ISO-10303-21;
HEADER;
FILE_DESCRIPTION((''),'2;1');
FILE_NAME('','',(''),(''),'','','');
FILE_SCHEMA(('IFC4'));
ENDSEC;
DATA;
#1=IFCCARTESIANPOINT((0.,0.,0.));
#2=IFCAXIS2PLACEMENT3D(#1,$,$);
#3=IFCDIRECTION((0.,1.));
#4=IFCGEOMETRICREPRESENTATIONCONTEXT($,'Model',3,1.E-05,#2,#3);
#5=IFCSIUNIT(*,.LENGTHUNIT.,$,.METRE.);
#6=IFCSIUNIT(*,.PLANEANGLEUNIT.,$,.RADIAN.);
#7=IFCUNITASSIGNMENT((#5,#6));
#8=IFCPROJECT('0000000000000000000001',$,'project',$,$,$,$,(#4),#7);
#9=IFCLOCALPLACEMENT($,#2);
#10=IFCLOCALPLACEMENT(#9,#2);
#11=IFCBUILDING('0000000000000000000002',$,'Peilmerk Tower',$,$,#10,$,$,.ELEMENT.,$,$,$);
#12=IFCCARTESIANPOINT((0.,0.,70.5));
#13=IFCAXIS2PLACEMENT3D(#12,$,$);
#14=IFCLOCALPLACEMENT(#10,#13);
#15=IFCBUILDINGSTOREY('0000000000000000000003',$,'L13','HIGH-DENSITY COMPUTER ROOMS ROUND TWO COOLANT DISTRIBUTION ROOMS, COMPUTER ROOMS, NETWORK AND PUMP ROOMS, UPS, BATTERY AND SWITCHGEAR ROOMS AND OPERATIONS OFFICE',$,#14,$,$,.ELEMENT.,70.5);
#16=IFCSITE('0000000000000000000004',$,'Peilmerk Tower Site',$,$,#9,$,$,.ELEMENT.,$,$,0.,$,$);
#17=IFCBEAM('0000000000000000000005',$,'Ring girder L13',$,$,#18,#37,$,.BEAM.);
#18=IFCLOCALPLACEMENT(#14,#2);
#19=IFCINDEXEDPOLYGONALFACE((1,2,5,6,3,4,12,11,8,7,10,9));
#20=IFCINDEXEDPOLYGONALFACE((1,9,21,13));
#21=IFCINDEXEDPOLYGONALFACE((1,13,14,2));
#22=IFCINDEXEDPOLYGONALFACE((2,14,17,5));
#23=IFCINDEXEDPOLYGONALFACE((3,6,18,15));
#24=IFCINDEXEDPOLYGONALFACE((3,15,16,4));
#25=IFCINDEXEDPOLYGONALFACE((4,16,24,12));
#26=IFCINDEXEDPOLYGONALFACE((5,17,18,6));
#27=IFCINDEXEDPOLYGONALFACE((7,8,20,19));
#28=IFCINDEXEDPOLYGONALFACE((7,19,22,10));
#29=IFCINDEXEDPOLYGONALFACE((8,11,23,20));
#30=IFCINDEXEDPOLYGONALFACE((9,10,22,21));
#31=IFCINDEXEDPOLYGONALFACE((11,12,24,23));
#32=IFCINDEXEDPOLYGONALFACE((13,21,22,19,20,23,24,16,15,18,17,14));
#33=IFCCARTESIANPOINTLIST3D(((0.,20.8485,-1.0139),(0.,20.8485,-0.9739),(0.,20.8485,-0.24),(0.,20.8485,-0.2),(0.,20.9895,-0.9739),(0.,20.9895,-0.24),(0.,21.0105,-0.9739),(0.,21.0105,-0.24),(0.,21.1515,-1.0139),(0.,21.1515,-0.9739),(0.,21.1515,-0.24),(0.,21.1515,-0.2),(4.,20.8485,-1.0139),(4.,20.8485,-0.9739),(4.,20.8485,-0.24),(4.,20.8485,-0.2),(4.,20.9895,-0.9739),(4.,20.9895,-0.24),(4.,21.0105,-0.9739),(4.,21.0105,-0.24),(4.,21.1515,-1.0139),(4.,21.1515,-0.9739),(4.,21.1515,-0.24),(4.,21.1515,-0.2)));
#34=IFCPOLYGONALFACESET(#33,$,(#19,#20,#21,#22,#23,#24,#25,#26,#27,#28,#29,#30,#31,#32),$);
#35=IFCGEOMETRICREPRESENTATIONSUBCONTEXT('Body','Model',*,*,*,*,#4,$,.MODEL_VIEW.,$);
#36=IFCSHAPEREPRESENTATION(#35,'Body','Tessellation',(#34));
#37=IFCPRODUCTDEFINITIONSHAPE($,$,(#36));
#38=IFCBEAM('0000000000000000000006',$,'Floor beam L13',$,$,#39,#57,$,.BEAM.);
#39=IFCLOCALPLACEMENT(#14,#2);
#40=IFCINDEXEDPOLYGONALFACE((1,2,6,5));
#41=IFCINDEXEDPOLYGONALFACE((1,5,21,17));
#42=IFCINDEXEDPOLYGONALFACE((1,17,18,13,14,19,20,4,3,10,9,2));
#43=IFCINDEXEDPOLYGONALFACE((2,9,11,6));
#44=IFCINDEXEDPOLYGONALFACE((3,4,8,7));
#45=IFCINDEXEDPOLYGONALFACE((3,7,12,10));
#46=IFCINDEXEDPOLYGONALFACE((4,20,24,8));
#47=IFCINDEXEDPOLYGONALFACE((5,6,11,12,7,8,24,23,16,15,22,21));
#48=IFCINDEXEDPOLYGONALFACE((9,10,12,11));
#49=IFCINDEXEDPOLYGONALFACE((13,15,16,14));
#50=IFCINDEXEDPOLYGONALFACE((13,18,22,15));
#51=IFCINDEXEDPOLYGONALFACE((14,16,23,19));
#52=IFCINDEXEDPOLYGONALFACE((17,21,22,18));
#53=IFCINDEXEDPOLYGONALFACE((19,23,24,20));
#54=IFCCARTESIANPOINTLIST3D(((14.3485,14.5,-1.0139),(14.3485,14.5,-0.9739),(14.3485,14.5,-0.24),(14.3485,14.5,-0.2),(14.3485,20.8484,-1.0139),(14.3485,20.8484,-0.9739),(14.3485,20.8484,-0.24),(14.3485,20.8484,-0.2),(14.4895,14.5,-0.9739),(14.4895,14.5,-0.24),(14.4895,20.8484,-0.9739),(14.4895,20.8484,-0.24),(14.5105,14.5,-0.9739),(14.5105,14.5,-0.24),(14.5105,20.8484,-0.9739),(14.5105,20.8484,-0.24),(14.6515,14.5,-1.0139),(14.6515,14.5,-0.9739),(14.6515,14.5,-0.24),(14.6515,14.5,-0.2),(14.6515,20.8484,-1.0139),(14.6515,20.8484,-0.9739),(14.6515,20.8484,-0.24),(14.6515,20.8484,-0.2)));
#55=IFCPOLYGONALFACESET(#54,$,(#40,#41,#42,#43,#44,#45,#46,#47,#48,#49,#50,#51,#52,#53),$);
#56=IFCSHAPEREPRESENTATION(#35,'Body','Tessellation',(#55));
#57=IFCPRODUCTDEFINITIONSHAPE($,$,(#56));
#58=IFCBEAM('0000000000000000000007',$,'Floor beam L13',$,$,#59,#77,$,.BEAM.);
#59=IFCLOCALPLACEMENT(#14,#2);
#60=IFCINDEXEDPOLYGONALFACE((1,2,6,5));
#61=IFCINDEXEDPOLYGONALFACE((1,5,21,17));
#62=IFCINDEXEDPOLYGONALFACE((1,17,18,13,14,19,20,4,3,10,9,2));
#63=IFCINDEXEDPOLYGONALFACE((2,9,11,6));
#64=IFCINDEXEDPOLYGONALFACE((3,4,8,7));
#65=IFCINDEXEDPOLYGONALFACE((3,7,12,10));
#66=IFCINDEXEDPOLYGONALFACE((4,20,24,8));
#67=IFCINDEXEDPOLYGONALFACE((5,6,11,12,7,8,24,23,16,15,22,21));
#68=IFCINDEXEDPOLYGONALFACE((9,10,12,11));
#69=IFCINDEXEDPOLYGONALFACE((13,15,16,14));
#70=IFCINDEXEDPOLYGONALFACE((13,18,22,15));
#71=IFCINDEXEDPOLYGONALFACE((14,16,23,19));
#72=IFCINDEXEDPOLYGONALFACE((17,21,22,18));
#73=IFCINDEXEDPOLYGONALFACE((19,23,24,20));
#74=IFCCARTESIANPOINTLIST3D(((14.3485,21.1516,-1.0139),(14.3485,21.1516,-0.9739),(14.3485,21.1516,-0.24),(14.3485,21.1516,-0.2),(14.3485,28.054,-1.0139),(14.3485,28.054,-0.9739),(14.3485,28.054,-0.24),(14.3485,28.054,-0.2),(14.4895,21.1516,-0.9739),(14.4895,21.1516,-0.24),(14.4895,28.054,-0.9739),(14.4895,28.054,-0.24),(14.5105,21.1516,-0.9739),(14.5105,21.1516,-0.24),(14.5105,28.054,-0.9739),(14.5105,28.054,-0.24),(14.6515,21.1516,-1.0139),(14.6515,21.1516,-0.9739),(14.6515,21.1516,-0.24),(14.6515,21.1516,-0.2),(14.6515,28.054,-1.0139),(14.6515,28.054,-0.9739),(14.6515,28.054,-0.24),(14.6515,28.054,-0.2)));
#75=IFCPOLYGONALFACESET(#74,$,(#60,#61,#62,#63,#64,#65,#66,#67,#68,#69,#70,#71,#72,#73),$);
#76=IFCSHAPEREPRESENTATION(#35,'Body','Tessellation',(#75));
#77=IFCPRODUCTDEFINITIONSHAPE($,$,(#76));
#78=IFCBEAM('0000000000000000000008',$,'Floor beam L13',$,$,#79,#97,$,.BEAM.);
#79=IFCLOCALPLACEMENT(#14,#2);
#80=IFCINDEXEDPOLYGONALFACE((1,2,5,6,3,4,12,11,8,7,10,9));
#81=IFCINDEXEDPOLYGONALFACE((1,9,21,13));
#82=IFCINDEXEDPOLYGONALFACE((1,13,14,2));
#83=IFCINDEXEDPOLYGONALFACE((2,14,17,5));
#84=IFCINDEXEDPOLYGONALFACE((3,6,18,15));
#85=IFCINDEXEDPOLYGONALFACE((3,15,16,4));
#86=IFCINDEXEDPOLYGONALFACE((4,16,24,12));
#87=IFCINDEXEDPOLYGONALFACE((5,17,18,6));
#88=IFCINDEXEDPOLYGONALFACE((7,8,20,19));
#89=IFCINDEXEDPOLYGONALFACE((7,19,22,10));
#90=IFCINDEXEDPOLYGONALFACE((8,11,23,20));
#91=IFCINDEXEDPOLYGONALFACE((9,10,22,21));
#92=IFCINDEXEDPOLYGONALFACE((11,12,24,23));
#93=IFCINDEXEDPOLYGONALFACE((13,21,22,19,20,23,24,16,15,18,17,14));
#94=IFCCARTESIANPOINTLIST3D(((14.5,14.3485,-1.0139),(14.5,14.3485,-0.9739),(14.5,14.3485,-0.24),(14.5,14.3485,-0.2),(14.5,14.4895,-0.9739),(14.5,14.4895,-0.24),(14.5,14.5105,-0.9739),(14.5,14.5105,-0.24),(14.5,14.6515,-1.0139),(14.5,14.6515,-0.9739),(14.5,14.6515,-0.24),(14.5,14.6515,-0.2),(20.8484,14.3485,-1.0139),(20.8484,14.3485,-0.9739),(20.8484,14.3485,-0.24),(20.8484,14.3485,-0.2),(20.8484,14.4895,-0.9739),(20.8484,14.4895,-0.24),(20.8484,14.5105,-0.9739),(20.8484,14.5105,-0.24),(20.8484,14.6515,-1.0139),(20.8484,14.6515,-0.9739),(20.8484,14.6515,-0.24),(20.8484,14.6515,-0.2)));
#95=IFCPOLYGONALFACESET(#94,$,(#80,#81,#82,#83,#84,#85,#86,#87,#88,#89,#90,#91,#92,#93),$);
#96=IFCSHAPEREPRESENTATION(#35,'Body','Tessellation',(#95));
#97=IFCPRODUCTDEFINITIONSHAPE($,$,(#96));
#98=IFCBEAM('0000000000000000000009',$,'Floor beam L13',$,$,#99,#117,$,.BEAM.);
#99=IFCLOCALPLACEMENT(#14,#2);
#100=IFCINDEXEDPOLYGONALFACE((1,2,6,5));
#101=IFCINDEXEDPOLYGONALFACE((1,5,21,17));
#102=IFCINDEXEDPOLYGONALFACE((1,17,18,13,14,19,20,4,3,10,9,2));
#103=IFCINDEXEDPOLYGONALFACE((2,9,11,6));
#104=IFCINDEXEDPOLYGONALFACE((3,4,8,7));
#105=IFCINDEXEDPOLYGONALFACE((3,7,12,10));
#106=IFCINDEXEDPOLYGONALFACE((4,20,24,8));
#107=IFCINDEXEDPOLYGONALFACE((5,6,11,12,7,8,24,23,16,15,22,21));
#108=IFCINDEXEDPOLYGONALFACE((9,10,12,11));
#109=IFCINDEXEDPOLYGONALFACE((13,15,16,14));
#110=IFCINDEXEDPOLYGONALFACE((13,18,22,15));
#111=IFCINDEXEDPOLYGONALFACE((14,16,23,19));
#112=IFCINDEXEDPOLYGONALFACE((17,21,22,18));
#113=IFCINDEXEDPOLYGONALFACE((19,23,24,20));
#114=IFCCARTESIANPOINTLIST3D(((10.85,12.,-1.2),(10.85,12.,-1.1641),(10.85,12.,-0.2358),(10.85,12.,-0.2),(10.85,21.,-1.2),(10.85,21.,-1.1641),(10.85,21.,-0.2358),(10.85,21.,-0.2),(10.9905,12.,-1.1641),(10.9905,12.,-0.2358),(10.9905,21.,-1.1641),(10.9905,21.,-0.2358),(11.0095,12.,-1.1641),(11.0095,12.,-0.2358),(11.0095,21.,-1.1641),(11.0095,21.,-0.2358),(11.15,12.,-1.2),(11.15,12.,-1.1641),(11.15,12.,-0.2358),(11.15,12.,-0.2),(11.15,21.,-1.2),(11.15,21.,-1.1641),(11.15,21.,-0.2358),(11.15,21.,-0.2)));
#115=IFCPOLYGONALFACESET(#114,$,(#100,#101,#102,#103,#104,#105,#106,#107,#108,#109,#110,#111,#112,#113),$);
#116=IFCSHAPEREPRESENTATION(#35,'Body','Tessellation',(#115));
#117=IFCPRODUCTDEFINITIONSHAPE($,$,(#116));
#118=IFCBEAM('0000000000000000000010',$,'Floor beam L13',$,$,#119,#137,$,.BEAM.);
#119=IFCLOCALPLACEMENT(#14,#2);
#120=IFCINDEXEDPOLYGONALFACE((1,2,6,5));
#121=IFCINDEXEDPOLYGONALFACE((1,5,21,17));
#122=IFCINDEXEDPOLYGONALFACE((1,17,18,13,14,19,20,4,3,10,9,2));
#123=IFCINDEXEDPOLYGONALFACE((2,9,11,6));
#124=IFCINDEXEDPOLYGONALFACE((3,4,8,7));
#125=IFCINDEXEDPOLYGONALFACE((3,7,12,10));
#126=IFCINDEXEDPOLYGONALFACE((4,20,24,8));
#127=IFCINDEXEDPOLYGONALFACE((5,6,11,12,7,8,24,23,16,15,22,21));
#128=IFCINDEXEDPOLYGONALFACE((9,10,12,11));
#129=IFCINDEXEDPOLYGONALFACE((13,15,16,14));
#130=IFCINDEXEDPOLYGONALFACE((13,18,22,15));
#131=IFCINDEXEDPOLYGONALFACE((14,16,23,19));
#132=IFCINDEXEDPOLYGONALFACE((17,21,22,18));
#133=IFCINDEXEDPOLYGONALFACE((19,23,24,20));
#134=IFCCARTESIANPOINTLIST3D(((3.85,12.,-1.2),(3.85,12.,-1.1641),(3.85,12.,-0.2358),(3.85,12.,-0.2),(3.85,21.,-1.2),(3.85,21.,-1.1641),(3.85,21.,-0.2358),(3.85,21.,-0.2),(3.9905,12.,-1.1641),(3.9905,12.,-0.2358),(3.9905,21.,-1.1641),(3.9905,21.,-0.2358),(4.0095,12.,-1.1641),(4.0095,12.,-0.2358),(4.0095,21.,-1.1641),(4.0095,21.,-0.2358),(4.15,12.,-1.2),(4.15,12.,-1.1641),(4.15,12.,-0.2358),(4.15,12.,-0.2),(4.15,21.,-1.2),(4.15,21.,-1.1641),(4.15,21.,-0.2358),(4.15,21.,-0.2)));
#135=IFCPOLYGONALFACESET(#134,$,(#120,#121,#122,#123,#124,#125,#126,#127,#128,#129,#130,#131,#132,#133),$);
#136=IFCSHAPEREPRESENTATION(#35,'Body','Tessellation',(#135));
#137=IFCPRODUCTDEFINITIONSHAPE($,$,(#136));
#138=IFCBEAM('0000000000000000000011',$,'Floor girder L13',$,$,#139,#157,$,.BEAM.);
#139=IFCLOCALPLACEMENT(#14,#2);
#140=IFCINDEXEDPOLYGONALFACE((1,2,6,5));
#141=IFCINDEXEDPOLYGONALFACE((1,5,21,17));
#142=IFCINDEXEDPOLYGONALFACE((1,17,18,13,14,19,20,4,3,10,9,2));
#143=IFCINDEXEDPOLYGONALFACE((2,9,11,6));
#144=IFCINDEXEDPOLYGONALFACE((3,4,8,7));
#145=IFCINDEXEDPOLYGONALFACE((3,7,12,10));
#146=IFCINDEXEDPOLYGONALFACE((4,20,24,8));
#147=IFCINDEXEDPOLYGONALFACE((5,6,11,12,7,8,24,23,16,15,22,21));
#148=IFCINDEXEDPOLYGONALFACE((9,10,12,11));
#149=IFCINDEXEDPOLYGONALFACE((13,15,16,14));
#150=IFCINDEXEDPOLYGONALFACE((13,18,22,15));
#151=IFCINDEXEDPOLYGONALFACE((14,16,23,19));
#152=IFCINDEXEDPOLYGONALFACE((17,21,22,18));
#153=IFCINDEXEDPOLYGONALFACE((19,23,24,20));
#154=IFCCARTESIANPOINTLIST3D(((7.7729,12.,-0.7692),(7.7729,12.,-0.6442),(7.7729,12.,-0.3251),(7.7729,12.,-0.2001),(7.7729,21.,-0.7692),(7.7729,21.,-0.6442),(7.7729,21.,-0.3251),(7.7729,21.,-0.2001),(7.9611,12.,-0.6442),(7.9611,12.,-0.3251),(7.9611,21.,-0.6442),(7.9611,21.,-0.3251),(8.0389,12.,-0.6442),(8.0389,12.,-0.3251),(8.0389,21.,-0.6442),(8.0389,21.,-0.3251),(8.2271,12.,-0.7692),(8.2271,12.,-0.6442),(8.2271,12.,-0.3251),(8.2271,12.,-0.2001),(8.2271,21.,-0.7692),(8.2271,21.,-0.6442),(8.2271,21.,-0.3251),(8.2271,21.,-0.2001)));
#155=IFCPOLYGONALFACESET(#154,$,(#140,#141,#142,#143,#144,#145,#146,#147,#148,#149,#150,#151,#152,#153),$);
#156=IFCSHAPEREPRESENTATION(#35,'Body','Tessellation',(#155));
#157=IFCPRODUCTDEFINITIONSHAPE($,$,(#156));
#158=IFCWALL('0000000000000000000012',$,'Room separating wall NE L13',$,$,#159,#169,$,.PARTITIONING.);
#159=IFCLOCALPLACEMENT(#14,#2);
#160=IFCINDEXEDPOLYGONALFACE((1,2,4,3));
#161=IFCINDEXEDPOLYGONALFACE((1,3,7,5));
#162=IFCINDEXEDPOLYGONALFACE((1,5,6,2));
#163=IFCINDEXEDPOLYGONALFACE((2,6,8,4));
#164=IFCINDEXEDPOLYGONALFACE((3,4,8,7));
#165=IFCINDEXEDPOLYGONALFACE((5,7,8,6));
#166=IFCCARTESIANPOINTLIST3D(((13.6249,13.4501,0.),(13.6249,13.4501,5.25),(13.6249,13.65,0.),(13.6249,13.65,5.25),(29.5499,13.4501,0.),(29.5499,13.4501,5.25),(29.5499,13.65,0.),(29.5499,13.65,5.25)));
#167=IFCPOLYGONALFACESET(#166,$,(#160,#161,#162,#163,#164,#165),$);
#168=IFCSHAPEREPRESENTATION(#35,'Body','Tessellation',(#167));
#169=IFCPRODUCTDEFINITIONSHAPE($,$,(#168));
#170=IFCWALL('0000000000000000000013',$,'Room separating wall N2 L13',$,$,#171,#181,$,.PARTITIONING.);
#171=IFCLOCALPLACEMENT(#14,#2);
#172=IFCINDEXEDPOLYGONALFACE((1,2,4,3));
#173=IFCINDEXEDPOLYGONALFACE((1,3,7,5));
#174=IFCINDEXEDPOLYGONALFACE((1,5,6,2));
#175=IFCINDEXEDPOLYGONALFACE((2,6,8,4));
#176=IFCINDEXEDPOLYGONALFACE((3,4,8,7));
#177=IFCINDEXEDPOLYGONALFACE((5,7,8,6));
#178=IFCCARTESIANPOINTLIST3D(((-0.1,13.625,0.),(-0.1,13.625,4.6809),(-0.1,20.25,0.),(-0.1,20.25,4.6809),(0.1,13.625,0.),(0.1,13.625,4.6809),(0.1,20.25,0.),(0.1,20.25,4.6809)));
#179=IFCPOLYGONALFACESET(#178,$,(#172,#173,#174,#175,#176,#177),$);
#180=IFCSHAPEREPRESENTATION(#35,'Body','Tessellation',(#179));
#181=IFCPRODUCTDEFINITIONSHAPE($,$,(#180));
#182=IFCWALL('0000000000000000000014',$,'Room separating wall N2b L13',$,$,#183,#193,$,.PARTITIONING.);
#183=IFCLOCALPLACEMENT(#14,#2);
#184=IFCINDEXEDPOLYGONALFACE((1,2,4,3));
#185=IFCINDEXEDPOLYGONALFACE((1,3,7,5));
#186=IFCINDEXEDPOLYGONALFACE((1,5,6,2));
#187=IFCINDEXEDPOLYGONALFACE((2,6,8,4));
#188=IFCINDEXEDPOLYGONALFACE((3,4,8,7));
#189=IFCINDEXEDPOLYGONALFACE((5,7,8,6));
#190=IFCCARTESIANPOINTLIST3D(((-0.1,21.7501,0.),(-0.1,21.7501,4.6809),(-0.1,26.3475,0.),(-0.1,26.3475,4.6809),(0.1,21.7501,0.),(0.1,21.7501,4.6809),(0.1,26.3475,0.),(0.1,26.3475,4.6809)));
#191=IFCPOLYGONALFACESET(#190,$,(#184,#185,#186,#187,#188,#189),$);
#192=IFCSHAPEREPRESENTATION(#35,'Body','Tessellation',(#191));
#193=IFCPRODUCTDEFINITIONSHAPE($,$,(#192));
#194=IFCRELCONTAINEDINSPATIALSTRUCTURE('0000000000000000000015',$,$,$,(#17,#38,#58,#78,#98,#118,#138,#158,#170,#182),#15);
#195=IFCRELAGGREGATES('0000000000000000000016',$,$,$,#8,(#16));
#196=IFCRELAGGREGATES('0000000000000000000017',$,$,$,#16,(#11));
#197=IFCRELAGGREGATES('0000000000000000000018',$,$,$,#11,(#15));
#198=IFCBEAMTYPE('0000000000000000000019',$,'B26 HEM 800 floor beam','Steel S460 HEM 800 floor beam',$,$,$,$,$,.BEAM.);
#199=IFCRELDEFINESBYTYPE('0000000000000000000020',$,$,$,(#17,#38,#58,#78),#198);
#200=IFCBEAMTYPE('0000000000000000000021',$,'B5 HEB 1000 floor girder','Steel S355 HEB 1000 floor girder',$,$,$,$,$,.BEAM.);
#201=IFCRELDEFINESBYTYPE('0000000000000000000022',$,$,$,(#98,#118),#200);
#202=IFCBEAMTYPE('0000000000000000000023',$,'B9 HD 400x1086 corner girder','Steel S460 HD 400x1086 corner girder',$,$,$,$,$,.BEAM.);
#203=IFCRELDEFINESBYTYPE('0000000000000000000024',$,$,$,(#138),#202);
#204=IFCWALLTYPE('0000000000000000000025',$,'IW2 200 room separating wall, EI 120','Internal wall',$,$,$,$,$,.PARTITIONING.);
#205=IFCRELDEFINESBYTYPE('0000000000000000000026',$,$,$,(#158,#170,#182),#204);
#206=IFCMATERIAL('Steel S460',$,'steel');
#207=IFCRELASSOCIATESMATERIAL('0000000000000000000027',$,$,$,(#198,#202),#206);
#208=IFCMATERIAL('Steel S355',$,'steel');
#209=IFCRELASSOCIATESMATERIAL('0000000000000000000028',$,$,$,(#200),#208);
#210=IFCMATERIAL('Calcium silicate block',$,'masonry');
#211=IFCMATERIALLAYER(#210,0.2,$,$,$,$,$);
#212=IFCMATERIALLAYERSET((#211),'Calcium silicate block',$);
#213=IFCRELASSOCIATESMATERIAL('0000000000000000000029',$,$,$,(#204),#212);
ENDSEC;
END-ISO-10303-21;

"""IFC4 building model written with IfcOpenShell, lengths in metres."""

from ifc_helpers import new_model, si_unit, direction, frame, frame_2d, origin, origin_2d, place, context, subcontext, project, spatial, rectangle, i_section, extrude, material, layer, layer_set, material_profile, profile_set, type_object, element, save


model = new_model("IFC4")

# Units and contexts
model_context = context("Model", 3, precision=1e-05, world=origin(), true_north=direction((0.0, 1.0)))
body_context = subcontext(model_context, "Body", "Model", "MODEL_VIEW")
ifc_project = project(units=[si_unit("LENGTHUNIT", "METRE"), si_unit("PLANEANGLEUNIT", "RADIAN")], contexts=[model_context])

# Site, building, storey
site_placement = place(None, origin())
site = spatial("IfcSite", under=ifc_project, at=site_placement, Name="Peilmerk Tower Site", CompositionType="ELEMENT", RefElevation=0.0)
building_placement = place(site_placement, origin())
building = spatial("IfcBuilding", under=site, at=building_placement, Name="Peilmerk Tower", CompositionType="ELEMENT")
storey_placement = place(building_placement, frame((0.0, 0.0, 70.5)))
storey = spatial("IfcBuildingStorey", under=building, at=storey_placement, Name="L13", Description="HIGH-DENSITY COMPUTER ROOMS ROUND TWO COOLANT DISTRIBUTION ROOMS, COMPUTER ROOMS, NETWORK AND PUMP ROOMS, UPS, BATTERY AND SWITCHGEAR ROOMS AND OPERATIONS OFFICE", CompositionType="ELEMENT", Elevation=70.5)

# Beams
ifc_material_1 = material(Name="Steel S355", Category="steel")
ifc_material_2 = material(Name="Steel S460", Category="steel")
ifc_material_profile_1 = material_profile(ifc_material_2, i_section(OverallWidth=0.303, OverallDepth=0.814, WebThickness=0.021, FlangeThickness=0.04, at=origin_2d()), Name="HEM 800")
ifc_profile_set_1 = profile_set([ifc_material_profile_1], Name="Steel S460")
beam_type_1 = type_object("IfcBeamType", Name="B26 HEM 800 floor beam", Description="Steel S460 HEM 800 floor beam", PredefinedType="BEAM", material=ifc_profile_set_1)
for number, where, z_axis, x_axis, name in (
    (1, (4.0, 21.0, -0.6069), (-1.0, 0.0, 0.0), (0.0, -1.0, 0.0), "Ring girder L13"),
):
    element("IfcBeam", number, at=place(storey_placement, frame(where, z_axis=z_axis, x_axis=x_axis)), inside=storey, type_object=beam_type_1, Name=name, PredefinedType="BEAM", context=body_context, shape_type="SweptSolid", body=[
        extrude(i_section(OverallWidth=0.303, OverallDepth=0.814, WebThickness=0.021, FlangeThickness=0.04, at=origin_2d()), origin(), (0.0, 0.0, 1.0), 4.0),
    ])
beam_1_placement = place(storey_placement, frame((14.5, 14.5, -0.6069), z_axis=(0.0, 1.0, 0.0), x_axis=(-1.0, 0.0, 0.0)))
element("IfcBeam", 2, at=beam_1_placement, inside=storey, type_object=beam_type_1, Name="Floor beam L13", PredefinedType="BEAM", context=body_context, shape_type="SweptSolid", body=[
    extrude(i_section(OverallWidth=0.303, OverallDepth=0.814, WebThickness=0.021, FlangeThickness=0.04, at=origin_2d()), origin(), (0.0, 0.0, 1.0), 6.3484),
])
beam_2_placement = place(storey_placement, frame((14.5, 21.1516, -0.6069), z_axis=(0.0, 1.0, 0.0), x_axis=(-1.0, 0.0, 0.0)))
element("IfcBeam", 3, at=beam_2_placement, inside=storey, type_object=beam_type_1, Name="Floor beam L13", PredefinedType="BEAM", context=body_context, shape_type="SweptSolid", body=[
    extrude(i_section(OverallWidth=0.303, OverallDepth=0.814, WebThickness=0.021, FlangeThickness=0.04, at=origin_2d()), origin(), (0.0, 0.0, 1.0), 6.9023),
])
beam_3_placement = place(storey_placement, frame((14.5, 14.5, -0.6069), z_axis=(1.0, 0.0, 0.0), x_axis=(0.0, 1.0, 0.0)))
element("IfcBeam", 4, at=beam_3_placement, inside=storey, type_object=beam_type_1, Name="Floor beam L13", PredefinedType="BEAM", context=body_context, shape_type="SweptSolid", body=[
    extrude(i_section(OverallWidth=0.303, OverallDepth=0.814, WebThickness=0.021, FlangeThickness=0.04, at=origin_2d()), origin(), (0.0, 0.0, 1.0), 6.3484),
])
ifc_material_profile_2 = material_profile(ifc_material_1, i_section(OverallWidth=0.3, OverallDepth=1.0, WebThickness=0.019, FlangeThickness=0.0359, at=origin_2d()), Name="HEB 1000")
ifc_profile_set_2 = profile_set([ifc_material_profile_2], Name="Steel S355")
beam_type_2 = type_object("IfcBeamType", Name="B5 HEB 1000 floor girder", Description="Steel S355 HEB 1000 floor girder", PredefinedType="BEAM", material=ifc_profile_set_2)
for number, where, z_axis, x_axis, name in (
    (5, (11.0, 12.0, -0.7), (0.0, 1.0, 0.0), (-1.0, 0.0, 0.0), "Floor beam L13"),
    (6, (4.0, 12.0, -0.7), (0.0, 1.0, 0.0), (-1.0, 0.0, 0.0), "Floor beam L13"),
):
    element("IfcBeam", number, at=place(storey_placement, frame(where, z_axis=z_axis, x_axis=x_axis)), inside=storey, type_object=beam_type_2, Name=name, PredefinedType="BEAM", context=body_context, shape_type="SweptSolid", body=[
        extrude(i_section(OverallWidth=0.3, OverallDepth=1.0, WebThickness=0.019, FlangeThickness=0.0359, at=origin_2d()), origin(), (0.0, 0.0, 1.0), 9.0),
    ])
ifc_material_profile_3 = material_profile(ifc_material_2, i_section(OverallWidth=0.4541, OverallDepth=0.5691, WebThickness=0.0779, FlangeThickness=0.125, at=origin_2d()), Name="HD 400x1086")
ifc_profile_set_3 = profile_set([ifc_material_profile_3], Name="Steel S460")
beam_type_3 = type_object("IfcBeamType", Name="B9 HD 400x1086 corner girder", Description="Steel S460 HD 400x1086 corner girder", PredefinedType="BEAM", material=ifc_profile_set_3)
beam_4_placement = place(storey_placement, frame((8.0, 12.0, -0.4846), z_axis=(0.0, 1.0, 0.0), x_axis=(-1.0, 0.0, 0.0)))
element("IfcBeam", 7, at=beam_4_placement, inside=storey, type_object=beam_type_3, Name="Floor girder L13", PredefinedType="BEAM", context=body_context, shape_type="SweptSolid", body=[
    extrude(i_section(OverallWidth=0.4541, OverallDepth=0.5691, WebThickness=0.0779, FlangeThickness=0.125, at=origin_2d()), origin(), (0.0, 0.0, 1.0), 9.0),
])

# Walls
ifc_material_3 = material(Name="Calcium silicate block", Category="masonry")
ifc_layer = layer(ifc_material_3, 0.2)
ifc_layer_set = layer_set([ifc_layer], Name="Calcium silicate block")
wall_type = type_object("IfcWallType", Name="IW2 200 room separating wall, EI 120", Description="Internal wall", PredefinedType="PARTITIONING", material=ifc_layer_set)
wall_1_placement = place(storey_placement, frame((13.625, 13.55, 0.0), z_axis=(0.0, 0.0, 1.0), x_axis=(1.0, 0.0, 0.0)))
element("IfcWall", 8, at=wall_1_placement, inside=storey, type_object=wall_type, Name="Room separating wall NE L13", PredefinedType="PARTITIONING", context=body_context, shape_type="SweptSolid", body=[
    extrude(rectangle(XDim=15.925, YDim=0.2, at=frame_2d((7.9624, 0.0))), origin(), (0.0, 0.0, 1.0), 5.25),
])
wall_2_placement = place(storey_placement, frame((0.0, 13.625, 0.0), z_axis=(0.0, 0.0, 1.0), x_axis=(0.0, 1.0, 0.0)))
element("IfcWall", 9, at=wall_2_placement, inside=storey, type_object=wall_type, Name="Room separating wall N2 L13", PredefinedType="PARTITIONING", context=body_context, shape_type="SweptSolid", body=[
    extrude(rectangle(XDim=6.625, YDim=0.2, at=frame_2d((3.3125, 0.0))), origin(), (0.0, 0.0, 1.0), 4.6809),
])
wall_3_placement = place(storey_placement, frame((0.0, 21.75, 0.0), z_axis=(0.0, 0.0, 1.0), x_axis=(0.0, 1.0, 0.0)))
element("IfcWall", 10, at=wall_3_placement, inside=storey, type_object=wall_type, Name="Room separating wall N2b L13", PredefinedType="PARTITIONING", context=body_context, shape_type="SweptSolid", body=[
    extrude(rectangle(XDim=4.5974, YDim=0.2, at=frame_2d((2.2988, 0.0))), origin(), (0.0, 0.0, 1.0), 4.6809),
])

save(model, "model.ifc")
